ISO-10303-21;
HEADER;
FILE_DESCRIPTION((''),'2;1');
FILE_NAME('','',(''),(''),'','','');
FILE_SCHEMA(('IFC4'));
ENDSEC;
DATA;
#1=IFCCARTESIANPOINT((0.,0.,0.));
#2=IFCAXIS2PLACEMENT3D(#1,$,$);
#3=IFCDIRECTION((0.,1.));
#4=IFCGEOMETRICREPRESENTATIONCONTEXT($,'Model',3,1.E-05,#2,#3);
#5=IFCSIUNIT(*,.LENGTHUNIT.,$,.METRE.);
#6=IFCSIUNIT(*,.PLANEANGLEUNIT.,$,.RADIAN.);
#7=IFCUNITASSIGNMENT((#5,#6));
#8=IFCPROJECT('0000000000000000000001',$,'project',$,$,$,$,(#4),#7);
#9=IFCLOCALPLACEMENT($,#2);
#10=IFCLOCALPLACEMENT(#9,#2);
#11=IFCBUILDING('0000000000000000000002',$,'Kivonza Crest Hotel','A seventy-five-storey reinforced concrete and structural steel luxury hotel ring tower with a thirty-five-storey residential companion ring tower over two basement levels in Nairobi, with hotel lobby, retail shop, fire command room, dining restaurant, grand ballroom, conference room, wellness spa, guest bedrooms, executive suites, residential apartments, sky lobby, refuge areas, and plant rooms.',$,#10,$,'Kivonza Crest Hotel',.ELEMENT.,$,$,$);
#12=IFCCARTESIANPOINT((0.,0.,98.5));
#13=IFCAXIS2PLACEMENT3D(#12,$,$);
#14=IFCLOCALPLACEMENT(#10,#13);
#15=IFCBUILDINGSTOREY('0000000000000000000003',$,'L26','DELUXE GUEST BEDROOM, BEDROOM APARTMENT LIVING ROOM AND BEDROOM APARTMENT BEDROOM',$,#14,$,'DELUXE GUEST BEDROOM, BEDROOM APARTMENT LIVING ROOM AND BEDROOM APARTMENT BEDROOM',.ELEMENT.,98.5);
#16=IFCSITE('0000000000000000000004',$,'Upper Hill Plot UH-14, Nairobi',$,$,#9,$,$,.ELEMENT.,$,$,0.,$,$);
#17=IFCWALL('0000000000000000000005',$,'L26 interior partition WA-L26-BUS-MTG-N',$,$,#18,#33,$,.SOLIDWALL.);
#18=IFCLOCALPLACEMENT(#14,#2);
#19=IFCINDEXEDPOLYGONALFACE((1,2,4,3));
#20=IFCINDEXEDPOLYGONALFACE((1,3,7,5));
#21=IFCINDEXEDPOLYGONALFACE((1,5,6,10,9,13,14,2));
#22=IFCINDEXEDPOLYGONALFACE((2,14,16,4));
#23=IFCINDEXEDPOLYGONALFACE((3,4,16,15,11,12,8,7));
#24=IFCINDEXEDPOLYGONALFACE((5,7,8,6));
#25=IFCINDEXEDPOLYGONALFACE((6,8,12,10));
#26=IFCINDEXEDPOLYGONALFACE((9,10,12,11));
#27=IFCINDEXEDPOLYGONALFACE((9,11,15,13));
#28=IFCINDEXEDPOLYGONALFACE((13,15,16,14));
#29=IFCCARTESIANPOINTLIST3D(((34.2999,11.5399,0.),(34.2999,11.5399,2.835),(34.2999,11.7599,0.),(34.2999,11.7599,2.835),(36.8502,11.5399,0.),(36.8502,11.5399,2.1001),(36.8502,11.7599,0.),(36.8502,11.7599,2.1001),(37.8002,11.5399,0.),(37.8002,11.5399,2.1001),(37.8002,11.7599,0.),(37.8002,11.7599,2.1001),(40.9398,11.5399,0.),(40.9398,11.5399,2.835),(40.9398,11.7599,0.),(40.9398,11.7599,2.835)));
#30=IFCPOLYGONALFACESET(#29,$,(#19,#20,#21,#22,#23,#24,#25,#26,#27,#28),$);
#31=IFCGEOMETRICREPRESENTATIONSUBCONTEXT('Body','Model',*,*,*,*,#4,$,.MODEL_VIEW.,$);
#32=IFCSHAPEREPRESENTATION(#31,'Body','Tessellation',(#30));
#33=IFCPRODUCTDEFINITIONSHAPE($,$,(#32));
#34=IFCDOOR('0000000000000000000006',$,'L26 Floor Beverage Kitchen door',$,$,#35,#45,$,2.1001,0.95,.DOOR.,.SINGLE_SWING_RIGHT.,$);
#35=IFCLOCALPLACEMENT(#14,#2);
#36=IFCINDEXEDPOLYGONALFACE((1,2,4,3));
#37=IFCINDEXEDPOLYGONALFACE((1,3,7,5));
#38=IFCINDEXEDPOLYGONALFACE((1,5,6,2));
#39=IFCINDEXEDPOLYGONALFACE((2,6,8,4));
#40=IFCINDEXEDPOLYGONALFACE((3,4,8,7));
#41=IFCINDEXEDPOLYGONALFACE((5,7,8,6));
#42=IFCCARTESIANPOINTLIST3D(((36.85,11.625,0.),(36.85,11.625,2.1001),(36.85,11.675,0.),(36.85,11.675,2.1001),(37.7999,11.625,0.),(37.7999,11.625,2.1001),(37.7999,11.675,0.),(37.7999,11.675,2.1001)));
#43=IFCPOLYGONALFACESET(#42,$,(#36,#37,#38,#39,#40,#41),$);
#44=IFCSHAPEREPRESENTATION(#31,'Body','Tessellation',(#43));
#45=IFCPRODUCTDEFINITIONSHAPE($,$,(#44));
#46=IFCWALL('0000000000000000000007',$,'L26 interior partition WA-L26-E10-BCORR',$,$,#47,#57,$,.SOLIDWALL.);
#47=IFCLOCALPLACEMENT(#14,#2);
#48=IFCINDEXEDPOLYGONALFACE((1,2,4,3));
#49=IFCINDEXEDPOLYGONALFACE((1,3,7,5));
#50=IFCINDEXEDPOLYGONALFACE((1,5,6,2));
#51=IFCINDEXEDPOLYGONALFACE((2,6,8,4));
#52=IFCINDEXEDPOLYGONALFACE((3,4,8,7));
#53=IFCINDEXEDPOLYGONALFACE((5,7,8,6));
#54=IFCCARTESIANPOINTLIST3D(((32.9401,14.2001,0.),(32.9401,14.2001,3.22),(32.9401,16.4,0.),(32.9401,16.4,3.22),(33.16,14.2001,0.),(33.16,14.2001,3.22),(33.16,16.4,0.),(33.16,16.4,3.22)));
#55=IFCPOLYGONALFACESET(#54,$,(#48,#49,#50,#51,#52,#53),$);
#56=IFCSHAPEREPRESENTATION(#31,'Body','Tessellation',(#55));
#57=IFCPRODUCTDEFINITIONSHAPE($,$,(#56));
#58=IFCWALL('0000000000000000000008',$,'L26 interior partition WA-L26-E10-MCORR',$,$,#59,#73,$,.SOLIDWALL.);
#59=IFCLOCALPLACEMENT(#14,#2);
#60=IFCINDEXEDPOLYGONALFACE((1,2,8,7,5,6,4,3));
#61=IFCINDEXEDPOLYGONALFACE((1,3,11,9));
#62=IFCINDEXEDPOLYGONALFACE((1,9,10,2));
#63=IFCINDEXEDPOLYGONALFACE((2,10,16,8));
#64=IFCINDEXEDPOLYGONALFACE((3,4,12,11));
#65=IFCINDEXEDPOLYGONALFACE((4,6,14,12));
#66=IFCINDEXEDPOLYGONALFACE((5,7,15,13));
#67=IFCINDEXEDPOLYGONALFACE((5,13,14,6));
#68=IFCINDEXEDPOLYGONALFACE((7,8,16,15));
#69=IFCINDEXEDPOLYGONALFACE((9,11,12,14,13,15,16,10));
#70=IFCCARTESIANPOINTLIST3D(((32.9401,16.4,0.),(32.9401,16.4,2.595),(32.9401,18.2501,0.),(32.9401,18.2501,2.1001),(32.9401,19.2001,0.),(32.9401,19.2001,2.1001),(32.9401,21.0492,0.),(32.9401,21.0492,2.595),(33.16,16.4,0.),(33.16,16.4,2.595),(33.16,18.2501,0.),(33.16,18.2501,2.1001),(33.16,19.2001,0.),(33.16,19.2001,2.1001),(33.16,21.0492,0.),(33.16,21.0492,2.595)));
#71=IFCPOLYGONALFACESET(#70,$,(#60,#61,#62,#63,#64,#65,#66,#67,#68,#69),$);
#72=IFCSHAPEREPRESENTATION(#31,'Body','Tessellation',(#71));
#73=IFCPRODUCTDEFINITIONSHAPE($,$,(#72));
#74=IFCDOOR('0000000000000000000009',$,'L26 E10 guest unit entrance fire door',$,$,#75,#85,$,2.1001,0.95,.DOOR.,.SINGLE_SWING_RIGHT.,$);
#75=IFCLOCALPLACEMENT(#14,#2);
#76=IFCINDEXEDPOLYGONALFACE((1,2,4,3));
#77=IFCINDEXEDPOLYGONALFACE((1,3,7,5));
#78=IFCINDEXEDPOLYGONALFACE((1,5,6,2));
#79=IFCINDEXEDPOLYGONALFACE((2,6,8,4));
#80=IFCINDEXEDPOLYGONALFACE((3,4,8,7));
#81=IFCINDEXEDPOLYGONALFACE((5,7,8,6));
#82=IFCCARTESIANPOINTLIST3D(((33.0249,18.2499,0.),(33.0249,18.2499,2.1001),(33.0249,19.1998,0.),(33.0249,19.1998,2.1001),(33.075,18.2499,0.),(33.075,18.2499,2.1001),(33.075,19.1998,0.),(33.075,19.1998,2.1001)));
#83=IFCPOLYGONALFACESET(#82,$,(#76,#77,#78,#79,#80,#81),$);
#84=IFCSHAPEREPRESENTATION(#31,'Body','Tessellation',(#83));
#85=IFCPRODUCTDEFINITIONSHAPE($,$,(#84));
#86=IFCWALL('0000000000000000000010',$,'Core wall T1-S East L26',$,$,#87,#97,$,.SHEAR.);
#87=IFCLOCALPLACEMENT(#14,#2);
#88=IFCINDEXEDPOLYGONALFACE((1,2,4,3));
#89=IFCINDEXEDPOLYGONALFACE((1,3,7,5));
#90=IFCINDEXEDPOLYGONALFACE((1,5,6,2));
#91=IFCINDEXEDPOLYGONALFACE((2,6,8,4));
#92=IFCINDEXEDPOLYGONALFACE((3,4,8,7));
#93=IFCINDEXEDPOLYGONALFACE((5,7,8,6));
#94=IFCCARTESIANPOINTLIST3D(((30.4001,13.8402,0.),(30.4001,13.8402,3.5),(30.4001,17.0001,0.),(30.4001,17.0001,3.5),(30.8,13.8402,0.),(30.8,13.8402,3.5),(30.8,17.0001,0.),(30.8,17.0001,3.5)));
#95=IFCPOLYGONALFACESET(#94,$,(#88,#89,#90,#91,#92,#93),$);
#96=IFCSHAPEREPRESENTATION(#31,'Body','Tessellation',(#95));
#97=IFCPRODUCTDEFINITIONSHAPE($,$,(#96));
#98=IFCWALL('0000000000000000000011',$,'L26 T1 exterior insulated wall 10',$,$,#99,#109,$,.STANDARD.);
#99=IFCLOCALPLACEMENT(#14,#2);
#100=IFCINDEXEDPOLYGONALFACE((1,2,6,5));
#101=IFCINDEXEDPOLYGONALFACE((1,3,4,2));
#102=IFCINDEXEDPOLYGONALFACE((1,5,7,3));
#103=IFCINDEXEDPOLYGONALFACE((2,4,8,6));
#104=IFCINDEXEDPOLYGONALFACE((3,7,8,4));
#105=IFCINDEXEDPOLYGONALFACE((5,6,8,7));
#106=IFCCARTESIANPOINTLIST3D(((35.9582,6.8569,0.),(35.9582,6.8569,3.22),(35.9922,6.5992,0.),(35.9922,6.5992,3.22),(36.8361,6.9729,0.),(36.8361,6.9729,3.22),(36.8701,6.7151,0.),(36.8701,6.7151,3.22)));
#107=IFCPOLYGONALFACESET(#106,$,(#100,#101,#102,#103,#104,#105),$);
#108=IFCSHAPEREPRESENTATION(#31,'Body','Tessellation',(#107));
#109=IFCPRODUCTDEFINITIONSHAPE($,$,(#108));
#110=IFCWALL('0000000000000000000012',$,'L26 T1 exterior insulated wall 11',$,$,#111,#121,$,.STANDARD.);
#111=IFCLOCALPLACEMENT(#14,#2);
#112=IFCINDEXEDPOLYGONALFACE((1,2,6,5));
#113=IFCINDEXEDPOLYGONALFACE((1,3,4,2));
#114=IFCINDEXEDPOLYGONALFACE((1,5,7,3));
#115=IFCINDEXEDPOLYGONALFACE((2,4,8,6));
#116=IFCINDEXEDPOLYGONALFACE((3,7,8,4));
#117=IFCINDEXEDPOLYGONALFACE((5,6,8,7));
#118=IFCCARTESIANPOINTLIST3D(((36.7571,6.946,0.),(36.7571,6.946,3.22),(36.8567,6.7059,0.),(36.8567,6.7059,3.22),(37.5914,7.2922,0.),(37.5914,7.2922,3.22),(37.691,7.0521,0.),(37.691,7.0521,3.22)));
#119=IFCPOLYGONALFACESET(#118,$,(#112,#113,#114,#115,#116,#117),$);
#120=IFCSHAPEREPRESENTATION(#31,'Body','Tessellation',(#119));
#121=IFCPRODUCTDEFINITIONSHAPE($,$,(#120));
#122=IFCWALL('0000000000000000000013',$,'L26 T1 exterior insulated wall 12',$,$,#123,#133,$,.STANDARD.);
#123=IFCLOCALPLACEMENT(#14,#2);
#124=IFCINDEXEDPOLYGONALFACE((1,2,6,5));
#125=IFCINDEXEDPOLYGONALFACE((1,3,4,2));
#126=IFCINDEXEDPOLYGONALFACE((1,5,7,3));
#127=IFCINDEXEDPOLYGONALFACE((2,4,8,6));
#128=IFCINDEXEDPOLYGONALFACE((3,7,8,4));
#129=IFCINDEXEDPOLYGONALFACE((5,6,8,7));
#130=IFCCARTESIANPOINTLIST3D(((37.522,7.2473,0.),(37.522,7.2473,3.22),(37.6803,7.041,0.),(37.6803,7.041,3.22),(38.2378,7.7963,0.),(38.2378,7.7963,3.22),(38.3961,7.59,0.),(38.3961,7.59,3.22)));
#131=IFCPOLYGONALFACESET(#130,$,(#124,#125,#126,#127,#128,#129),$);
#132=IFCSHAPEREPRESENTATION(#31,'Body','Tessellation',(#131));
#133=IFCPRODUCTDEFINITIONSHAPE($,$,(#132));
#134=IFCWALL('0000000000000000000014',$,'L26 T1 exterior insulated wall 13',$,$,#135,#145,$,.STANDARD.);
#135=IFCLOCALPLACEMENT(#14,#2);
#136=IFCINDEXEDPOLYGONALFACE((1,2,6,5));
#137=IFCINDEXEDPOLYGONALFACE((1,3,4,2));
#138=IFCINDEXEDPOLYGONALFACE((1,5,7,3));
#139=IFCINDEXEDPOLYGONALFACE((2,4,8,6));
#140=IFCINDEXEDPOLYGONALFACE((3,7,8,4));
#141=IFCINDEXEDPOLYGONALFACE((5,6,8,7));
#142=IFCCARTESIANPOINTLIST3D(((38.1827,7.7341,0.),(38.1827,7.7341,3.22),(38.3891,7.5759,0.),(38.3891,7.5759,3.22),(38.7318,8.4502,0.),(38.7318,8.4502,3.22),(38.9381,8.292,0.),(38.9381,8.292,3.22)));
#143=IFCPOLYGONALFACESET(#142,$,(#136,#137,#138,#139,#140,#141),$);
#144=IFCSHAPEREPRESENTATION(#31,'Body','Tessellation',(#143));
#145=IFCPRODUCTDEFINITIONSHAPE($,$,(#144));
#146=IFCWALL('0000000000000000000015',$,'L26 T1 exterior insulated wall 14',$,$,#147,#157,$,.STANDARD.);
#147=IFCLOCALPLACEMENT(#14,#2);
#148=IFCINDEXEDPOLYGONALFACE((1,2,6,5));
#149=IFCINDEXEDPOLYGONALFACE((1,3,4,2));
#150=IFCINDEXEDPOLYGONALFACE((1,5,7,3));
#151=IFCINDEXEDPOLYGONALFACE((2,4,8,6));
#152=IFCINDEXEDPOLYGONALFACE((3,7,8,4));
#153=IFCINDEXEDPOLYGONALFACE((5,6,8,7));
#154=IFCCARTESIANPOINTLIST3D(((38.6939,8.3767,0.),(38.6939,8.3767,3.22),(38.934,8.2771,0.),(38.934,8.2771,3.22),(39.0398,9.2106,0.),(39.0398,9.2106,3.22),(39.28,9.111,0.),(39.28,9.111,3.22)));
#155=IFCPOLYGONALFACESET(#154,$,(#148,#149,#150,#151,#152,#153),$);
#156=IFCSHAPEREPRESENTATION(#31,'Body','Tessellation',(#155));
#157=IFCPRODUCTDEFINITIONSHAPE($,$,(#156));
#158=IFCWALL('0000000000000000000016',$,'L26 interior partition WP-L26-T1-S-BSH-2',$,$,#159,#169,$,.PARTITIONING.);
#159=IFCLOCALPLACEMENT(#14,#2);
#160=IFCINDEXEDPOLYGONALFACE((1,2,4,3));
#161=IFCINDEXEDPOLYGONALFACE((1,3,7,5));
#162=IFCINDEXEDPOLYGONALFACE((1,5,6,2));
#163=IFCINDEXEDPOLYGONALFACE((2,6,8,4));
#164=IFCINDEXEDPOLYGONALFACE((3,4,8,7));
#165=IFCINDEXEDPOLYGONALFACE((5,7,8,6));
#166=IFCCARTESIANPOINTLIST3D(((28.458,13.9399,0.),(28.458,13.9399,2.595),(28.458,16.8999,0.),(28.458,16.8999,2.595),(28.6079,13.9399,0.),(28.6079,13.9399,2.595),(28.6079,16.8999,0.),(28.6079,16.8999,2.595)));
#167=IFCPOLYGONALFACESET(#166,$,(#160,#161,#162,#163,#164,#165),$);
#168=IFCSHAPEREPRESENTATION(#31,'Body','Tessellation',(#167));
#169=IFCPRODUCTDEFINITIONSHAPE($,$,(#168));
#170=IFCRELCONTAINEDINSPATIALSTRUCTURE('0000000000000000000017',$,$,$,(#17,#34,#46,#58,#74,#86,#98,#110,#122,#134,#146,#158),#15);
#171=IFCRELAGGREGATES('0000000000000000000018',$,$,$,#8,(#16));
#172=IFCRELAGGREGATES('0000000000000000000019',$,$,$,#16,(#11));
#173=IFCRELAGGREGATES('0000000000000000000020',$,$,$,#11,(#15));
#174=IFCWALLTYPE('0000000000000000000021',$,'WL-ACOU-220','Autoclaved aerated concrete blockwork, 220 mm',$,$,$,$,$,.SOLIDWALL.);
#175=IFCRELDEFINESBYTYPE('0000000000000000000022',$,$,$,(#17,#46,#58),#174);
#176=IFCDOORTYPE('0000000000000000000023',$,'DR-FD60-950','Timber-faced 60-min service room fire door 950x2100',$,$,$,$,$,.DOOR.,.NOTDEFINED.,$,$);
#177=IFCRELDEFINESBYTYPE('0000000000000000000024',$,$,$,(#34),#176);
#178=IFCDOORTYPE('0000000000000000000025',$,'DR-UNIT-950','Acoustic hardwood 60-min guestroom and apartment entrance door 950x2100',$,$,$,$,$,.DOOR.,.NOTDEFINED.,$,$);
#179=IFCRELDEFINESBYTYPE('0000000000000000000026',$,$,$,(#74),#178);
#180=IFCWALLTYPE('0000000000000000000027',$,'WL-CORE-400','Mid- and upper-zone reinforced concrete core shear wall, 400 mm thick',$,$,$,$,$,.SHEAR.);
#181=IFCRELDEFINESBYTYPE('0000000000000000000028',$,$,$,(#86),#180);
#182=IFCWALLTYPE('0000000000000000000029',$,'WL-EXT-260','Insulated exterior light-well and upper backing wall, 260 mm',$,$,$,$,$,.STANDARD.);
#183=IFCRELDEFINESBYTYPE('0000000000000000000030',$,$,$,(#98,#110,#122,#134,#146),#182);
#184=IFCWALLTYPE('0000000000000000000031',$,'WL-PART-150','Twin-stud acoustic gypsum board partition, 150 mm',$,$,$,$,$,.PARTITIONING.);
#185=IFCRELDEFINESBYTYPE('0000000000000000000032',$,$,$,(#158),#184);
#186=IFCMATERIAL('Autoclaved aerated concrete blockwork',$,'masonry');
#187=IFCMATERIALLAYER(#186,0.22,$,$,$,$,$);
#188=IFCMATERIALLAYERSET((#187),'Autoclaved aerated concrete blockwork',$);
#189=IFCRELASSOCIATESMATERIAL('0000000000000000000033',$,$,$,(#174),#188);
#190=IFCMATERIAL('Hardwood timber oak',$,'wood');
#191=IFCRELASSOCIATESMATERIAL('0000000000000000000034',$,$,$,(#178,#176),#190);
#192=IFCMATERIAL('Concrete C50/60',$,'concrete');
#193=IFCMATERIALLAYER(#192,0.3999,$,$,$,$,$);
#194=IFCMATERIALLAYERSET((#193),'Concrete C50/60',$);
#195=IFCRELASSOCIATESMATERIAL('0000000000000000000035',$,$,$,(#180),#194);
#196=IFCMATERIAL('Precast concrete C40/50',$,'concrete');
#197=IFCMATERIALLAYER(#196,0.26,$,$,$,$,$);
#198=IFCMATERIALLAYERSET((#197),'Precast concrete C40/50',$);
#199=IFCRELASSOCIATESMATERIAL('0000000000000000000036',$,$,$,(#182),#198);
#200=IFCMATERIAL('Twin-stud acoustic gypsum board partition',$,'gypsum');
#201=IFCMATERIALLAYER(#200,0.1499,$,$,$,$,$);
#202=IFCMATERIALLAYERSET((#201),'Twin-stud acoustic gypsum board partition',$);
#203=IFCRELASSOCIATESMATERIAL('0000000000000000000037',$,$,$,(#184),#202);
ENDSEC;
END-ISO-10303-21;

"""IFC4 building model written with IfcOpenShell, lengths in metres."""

from ifc_helpers import new_model, si_unit, direction, frame, frame_2d, origin, place, context, subcontext, project, spatial, rectangle, extrude, material, layer, layer_set, type_object, element, fill, save


model = new_model("IFC4")

# Units and contexts
model_context = context("Model", 3, precision=1e-05, world=origin(), true_north=direction((0.0, 1.0)))
body_context = subcontext(model_context, "Body", "Model", "MODEL_VIEW")
ifc_project = project(units=[si_unit("LENGTHUNIT", "METRE"), si_unit("PLANEANGLEUNIT", "RADIAN")], contexts=[model_context])

# Site, building, storey
site_placement = place(None, origin())
site = spatial("IfcSite", under=ifc_project, at=site_placement, Name="Upper Hill Plot UH-14, Nairobi", CompositionType="ELEMENT", RefElevation=0.0)
building_placement = place(site_placement, origin())
building = spatial("IfcBuilding", under=site, at=building_placement, Name="Kivonza Crest Hotel", Description="A seventy-five-storey reinforced concrete and structural steel luxury hotel ring tower with a thirty-five-storey residential companion ring tower over two basement levels in Nairobi, with hotel lobby, retail shop, fire command room, dining restaurant, grand ballroom, conference room, wellness spa, guest bedrooms, executive suites, residential apartments, sky lobby, refuge areas, and plant rooms.", LongName="Kivonza Crest Hotel", CompositionType="ELEMENT")
storey_placement = place(building_placement, frame((0.0, 0.0, 98.5)))
storey = spatial("IfcBuildingStorey", under=building, at=storey_placement, Name="L26", Description="DELUXE GUEST BEDROOM, BEDROOM APARTMENT LIVING ROOM AND BEDROOM APARTMENT BEDROOM", LongName="DELUXE GUEST BEDROOM, BEDROOM APARTMENT LIVING ROOM AND BEDROOM APARTMENT BEDROOM", CompositionType="ELEMENT", Elevation=98.5)

# Wall, opening, door
ifc_material_1 = material(Name="Autoclaved aerated concrete blockwork", Category="masonry")
ifc_layer_1 = layer(ifc_material_1, 0.22)
ifc_layer_set_1 = layer_set([ifc_layer_1], Name="Autoclaved aerated concrete blockwork")
wall_type_1 = type_object("IfcWallType", Name="WL-ACOU-220", Description="Autoclaved aerated concrete blockwork, 220 mm", PredefinedType="SOLIDWALL", material=ifc_layer_set_1)
ifc_material_2 = material(Name="Hardwood timber oak", Category="wood")
door_type_1 = type_object("IfcDoorType", Name="DR-UNIT-950", Description="Acoustic hardwood 60-min guestroom and apartment entrance door 950x2100", OperationType="NOTDEFINED", PredefinedType="DOOR", material=ifc_material_2)
wall_1_placement = place(storey_placement, frame((34.3, 11.6499, 0.0), z_axis=(0.0, 0.0, 1.0), x_axis=(1.0, 0.0, 0.0)))
wall_1 = element("IfcWall", 1, at=wall_1_placement, inside=storey, type_object=wall_type_1, Name="L26 interior partition WA-L26-BUS-MTG-N", PredefinedType="SOLIDWALL", context=body_context, shape_type="SweptSolid", body=[
    extrude(rectangle(XDim=6.6399, YDim=0.22, at=frame_2d((3.3198, 0.0))), origin(), (0.0, 0.0, 1.0), 2.835),
])
opening_1_placement = place(wall_1_placement, frame((2.55, 0.0, 0.0)))
opening_1 = element("IfcOpeningElement", 2, at=opening_1_placement, cuts=wall_1, PredefinedType="OPENING", context=body_context, shape_type="SweptSolid", body=[
    extrude(rectangle(XDim=0.95, YDim=2.1001, at=frame_2d((0.4751, 1.05))), frame((0.0, 0.1201, 0.0), z_axis=(0.0, -1.0, 0.0), x_axis=(1.0, 0.0, 0.0)), (0.0, 0.0, 1.0), 0.24),
])
door_type_2 = type_object("IfcDoorType", Name="DR-FD60-950", Description="Timber-faced 60-min service room fire door 950x2100", OperationType="NOTDEFINED", PredefinedType="DOOR", material=ifc_material_2)
door_1_placement = place(opening_1_placement, frame((0.95, 0.0, 0.0), z_axis=(0.0, 0.0, 1.0), x_axis=(-1.0, 0.0, 0.0)))
door_1 = element("IfcDoor", 3, at=door_1_placement, inside=storey, type_object=door_type_2, Name="L26 Floor Beverage Kitchen door", OperationType="SINGLE_SWING_RIGHT", OverallHeight=2.1001, OverallWidth=0.95, PredefinedType="DOOR", context=body_context, shape_type="SweptSolid", body=[
    extrude(rectangle(XDim=0.95, YDim=2.1001, at=frame_2d((0.4751, 1.05))), frame((0.0, 0.0249, 0.0), z_axis=(0.0, -1.0, 0.0), x_axis=(1.0, 0.0, 0.0)), (0.0, 0.0, 1.0), 0.05),
])
fill(opening_1, door_1)

# Wall
wall_2_placement = place(storey_placement, frame((33.05, 14.2, 0.0), z_axis=(0.0, 0.0, 1.0), x_axis=(0.0, 1.0, 0.0)))
element("IfcWall", 4, at=wall_2_placement, inside=storey, type_object=wall_type_1, Name="L26 interior partition WA-L26-E10-BCORR", PredefinedType="SOLIDWALL", context=body_context, shape_type="SweptSolid", body=[
    extrude(rectangle(XDim=2.2, YDim=0.22, at=frame_2d((1.1001, 0.0))), origin(), (0.0, 0.0, 1.0), 3.22),
])

# Wall, opening, door
wall_3_placement = place(storey_placement, frame((33.05, 16.3999, 0.0), z_axis=(0.0, 0.0, 1.0), x_axis=(0.0, 1.0, 0.0)))
wall_3 = element("IfcWall", 5, at=wall_3_placement, inside=storey, type_object=wall_type_1, Name="L26 interior partition WA-L26-E10-MCORR", PredefinedType="SOLIDWALL", context=body_context, shape_type="SweptSolid", body=[
    extrude(rectangle(XDim=4.6492, YDim=0.22, at=frame_2d((2.3247, 0.0))), origin(), (0.0, 0.0, 1.0), 2.595),
])
opening_2_placement = place(wall_3_placement, frame((1.8501, 0.0, 0.0)))
opening_2 = element("IfcOpeningElement", 6, at=opening_2_placement, cuts=wall_3, PredefinedType="OPENING", context=body_context, shape_type="SweptSolid", body=[
    extrude(rectangle(XDim=0.95, YDim=2.1001, at=frame_2d((0.4751, 1.05))), frame((0.0, 0.1201, 0.0), z_axis=(0.0, -1.0, 0.0), x_axis=(1.0, 0.0, 0.0)), (0.0, 0.0, 1.0), 0.24),
])
door_2_placement = place(opening_2_placement, frame((0.95, 0.0, 0.0), z_axis=(0.0, 0.0, 1.0), x_axis=(-1.0, 0.0, 0.0)))
door_2 = element("IfcDoor", 7, at=door_2_placement, inside=storey, type_object=door_type_1, Name="L26 E10 guest unit entrance fire door", OperationType="SINGLE_SWING_RIGHT", OverallHeight=2.1001, OverallWidth=0.95, PredefinedType="DOOR", context=body_context, shape_type="SweptSolid", body=[
    extrude(rectangle(XDim=0.95, YDim=2.1001, at=frame_2d((0.4751, 1.05))), frame((0.0, 0.0249, 0.0), z_axis=(0.0, -1.0, 0.0), x_axis=(1.0, 0.0, 0.0)), (0.0, 0.0, 1.0), 0.05),
])
fill(opening_2, door_2)

# Walls
ifc_material_3 = material(Name="Concrete C50/60", Category="concrete")
ifc_layer_2 = layer(ifc_material_3, 0.3999)
ifc_layer_set_2 = layer_set([ifc_layer_2], Name="Concrete C50/60")
wall_type_2 = type_object("IfcWallType", Name="WL-CORE-400", Description="Mid- and upper-zone reinforced concrete core shear wall, 400 mm thick", PredefinedType="SHEAR", material=ifc_layer_set_2)
wall_4_placement = place(storey_placement, frame((30.6001, 13.8401, 0.0), z_axis=(0.0, 0.0, 1.0), x_axis=(0.0, 1.0, 0.0)))
element("IfcWall", 8, at=wall_4_placement, inside=storey, type_object=wall_type_2, Name="Core wall T1-S East L26", PredefinedType="SHEAR", context=body_context, shape_type="SweptSolid", body=[
    extrude(rectangle(XDim=3.1599, YDim=0.3999, at=frame_2d((1.5801, 0.0))), origin(), (0.0, 0.0, 1.0), 3.5),
])
ifc_material_4 = material(Name="Precast concrete C40/50", Category="concrete")
ifc_layer_3 = layer(ifc_material_4, 0.26)
ifc_layer_set_3 = layer_set([ifc_layer_3], Name="Precast concrete C40/50")
wall_type_3 = type_object("IfcWallType", Name="WL-EXT-260", Description="Insulated exterior light-well and upper backing wall, 260 mm", PredefinedType="STANDARD", material=ifc_layer_set_3)
wall_5_placement = place(storey_placement, frame((35.9751, 6.728, 0.0), z_axis=(0.0, 0.0, 1.0), x_axis=(0.991388, 0.130954, 0.0)))
element("IfcWall", 9, at=wall_5_placement, inside=storey, type_object=wall_type_3, Name="L26 T1 exterior insulated wall 10", PredefinedType="STANDARD", context=body_context, shape_type="SweptSolid", body=[
    extrude(rectangle(XDim=0.8855, YDim=0.26, at=frame_2d((0.4429, 0.0))), origin(), (0.0, 0.0, 1.0), 3.22),
])
wall_6_placement = place(storey_placement, frame((36.8069, 6.8259, 0.0), z_axis=(0.0, 0.0, 1.0), x_axis=(0.923628, 0.383291, 0.0)))
element("IfcWall", 10, at=wall_6_placement, inside=storey, type_object=wall_type_3, Name="L26 T1 exterior insulated wall 11", PredefinedType="STANDARD", context=body_context, shape_type="SweptSolid", body=[
    extrude(rectangle(XDim=0.9033, YDim=0.26, at=frame_2d((0.4517, 0.0))), origin(), (0.0, 0.0, 1.0), 3.22),
])
wall_7_placement = place(storey_placement, frame((37.6011, 7.144, 0.0), z_axis=(0.0, 0.0, 1.0), x_axis=(0.793458, 0.608625, 0.0)))
element("IfcWall", 11, at=wall_7_placement, inside=storey, type_object=wall_type_3, Name="L26 T1 exterior insulated wall 12", PredefinedType="STANDARD", context=body_context, shape_type="SweptSolid", body=[
    extrude(rectangle(XDim=0.9021, YDim=0.26, at=frame_2d((0.4512, 0.0))), origin(), (0.0, 0.0, 1.0), 3.22),
])
wall_8_placement = place(storey_placement, frame((38.2859, 7.655, 0.0), z_axis=(0.0, 0.0, 1.0), x_axis=(0.608494, 0.793558, 0.0)))
element("IfcWall", 12, at=wall_8_placement, inside=storey, type_object=wall_type_3, Name="L26 T1 exterior insulated wall 13", PredefinedType="STANDARD", context=body_context, shape_type="SweptSolid", body=[
    extrude(rectangle(XDim=0.9023, YDim=0.26, at=frame_2d((0.4512, 0.0))), origin(), (0.0, 0.0, 1.0), 3.22),
])
wall_9_placement = place(storey_placement, frame((38.814, 8.3269, 0.0), z_axis=(0.0, 0.0, 1.0), x_axis=(0.383156, 0.923684, 0.0)))
element("IfcWall", 13, at=wall_9_placement, inside=storey, type_object=wall_type_3, Name="L26 T1 exterior insulated wall 14", PredefinedType="STANDARD", context=body_context, shape_type="SweptSolid", body=[
    extrude(rectangle(XDim=0.9028, YDim=0.26, at=frame_2d((0.4514, 0.0))), origin(), (0.0, 0.0, 1.0), 3.22),
])
ifc_material_5 = material(Name="Twin-stud acoustic gypsum board partition", Category="gypsum")
ifc_layer_4 = layer(ifc_material_5, 0.1499)
ifc_layer_set_4 = layer_set([ifc_layer_4], Name="Twin-stud acoustic gypsum board partition")
wall_type_4 = type_object("IfcWallType", Name="WL-PART-150", Description="Twin-stud acoustic gypsum board partition, 150 mm", PredefinedType="PARTITIONING", material=ifc_layer_set_4)
wall_10_placement = place(storey_placement, frame((28.533, 13.9399, 0.0), z_axis=(0.0, 0.0, 1.0), x_axis=(0.0, 1.0, 0.0)))
element("IfcWall", 14, at=wall_10_placement, inside=storey, type_object=wall_type_4, Name="L26 interior partition WP-L26-T1-S-BSH-2", PredefinedType="PARTITIONING", context=body_context, shape_type="SweptSolid", body=[
    extrude(rectangle(XDim=2.96, YDim=0.1499, at=frame_2d((1.48, 0.0))), origin(), (0.0, 0.0, 1.0), 2.595),
])

save(model, "model.ifc")
